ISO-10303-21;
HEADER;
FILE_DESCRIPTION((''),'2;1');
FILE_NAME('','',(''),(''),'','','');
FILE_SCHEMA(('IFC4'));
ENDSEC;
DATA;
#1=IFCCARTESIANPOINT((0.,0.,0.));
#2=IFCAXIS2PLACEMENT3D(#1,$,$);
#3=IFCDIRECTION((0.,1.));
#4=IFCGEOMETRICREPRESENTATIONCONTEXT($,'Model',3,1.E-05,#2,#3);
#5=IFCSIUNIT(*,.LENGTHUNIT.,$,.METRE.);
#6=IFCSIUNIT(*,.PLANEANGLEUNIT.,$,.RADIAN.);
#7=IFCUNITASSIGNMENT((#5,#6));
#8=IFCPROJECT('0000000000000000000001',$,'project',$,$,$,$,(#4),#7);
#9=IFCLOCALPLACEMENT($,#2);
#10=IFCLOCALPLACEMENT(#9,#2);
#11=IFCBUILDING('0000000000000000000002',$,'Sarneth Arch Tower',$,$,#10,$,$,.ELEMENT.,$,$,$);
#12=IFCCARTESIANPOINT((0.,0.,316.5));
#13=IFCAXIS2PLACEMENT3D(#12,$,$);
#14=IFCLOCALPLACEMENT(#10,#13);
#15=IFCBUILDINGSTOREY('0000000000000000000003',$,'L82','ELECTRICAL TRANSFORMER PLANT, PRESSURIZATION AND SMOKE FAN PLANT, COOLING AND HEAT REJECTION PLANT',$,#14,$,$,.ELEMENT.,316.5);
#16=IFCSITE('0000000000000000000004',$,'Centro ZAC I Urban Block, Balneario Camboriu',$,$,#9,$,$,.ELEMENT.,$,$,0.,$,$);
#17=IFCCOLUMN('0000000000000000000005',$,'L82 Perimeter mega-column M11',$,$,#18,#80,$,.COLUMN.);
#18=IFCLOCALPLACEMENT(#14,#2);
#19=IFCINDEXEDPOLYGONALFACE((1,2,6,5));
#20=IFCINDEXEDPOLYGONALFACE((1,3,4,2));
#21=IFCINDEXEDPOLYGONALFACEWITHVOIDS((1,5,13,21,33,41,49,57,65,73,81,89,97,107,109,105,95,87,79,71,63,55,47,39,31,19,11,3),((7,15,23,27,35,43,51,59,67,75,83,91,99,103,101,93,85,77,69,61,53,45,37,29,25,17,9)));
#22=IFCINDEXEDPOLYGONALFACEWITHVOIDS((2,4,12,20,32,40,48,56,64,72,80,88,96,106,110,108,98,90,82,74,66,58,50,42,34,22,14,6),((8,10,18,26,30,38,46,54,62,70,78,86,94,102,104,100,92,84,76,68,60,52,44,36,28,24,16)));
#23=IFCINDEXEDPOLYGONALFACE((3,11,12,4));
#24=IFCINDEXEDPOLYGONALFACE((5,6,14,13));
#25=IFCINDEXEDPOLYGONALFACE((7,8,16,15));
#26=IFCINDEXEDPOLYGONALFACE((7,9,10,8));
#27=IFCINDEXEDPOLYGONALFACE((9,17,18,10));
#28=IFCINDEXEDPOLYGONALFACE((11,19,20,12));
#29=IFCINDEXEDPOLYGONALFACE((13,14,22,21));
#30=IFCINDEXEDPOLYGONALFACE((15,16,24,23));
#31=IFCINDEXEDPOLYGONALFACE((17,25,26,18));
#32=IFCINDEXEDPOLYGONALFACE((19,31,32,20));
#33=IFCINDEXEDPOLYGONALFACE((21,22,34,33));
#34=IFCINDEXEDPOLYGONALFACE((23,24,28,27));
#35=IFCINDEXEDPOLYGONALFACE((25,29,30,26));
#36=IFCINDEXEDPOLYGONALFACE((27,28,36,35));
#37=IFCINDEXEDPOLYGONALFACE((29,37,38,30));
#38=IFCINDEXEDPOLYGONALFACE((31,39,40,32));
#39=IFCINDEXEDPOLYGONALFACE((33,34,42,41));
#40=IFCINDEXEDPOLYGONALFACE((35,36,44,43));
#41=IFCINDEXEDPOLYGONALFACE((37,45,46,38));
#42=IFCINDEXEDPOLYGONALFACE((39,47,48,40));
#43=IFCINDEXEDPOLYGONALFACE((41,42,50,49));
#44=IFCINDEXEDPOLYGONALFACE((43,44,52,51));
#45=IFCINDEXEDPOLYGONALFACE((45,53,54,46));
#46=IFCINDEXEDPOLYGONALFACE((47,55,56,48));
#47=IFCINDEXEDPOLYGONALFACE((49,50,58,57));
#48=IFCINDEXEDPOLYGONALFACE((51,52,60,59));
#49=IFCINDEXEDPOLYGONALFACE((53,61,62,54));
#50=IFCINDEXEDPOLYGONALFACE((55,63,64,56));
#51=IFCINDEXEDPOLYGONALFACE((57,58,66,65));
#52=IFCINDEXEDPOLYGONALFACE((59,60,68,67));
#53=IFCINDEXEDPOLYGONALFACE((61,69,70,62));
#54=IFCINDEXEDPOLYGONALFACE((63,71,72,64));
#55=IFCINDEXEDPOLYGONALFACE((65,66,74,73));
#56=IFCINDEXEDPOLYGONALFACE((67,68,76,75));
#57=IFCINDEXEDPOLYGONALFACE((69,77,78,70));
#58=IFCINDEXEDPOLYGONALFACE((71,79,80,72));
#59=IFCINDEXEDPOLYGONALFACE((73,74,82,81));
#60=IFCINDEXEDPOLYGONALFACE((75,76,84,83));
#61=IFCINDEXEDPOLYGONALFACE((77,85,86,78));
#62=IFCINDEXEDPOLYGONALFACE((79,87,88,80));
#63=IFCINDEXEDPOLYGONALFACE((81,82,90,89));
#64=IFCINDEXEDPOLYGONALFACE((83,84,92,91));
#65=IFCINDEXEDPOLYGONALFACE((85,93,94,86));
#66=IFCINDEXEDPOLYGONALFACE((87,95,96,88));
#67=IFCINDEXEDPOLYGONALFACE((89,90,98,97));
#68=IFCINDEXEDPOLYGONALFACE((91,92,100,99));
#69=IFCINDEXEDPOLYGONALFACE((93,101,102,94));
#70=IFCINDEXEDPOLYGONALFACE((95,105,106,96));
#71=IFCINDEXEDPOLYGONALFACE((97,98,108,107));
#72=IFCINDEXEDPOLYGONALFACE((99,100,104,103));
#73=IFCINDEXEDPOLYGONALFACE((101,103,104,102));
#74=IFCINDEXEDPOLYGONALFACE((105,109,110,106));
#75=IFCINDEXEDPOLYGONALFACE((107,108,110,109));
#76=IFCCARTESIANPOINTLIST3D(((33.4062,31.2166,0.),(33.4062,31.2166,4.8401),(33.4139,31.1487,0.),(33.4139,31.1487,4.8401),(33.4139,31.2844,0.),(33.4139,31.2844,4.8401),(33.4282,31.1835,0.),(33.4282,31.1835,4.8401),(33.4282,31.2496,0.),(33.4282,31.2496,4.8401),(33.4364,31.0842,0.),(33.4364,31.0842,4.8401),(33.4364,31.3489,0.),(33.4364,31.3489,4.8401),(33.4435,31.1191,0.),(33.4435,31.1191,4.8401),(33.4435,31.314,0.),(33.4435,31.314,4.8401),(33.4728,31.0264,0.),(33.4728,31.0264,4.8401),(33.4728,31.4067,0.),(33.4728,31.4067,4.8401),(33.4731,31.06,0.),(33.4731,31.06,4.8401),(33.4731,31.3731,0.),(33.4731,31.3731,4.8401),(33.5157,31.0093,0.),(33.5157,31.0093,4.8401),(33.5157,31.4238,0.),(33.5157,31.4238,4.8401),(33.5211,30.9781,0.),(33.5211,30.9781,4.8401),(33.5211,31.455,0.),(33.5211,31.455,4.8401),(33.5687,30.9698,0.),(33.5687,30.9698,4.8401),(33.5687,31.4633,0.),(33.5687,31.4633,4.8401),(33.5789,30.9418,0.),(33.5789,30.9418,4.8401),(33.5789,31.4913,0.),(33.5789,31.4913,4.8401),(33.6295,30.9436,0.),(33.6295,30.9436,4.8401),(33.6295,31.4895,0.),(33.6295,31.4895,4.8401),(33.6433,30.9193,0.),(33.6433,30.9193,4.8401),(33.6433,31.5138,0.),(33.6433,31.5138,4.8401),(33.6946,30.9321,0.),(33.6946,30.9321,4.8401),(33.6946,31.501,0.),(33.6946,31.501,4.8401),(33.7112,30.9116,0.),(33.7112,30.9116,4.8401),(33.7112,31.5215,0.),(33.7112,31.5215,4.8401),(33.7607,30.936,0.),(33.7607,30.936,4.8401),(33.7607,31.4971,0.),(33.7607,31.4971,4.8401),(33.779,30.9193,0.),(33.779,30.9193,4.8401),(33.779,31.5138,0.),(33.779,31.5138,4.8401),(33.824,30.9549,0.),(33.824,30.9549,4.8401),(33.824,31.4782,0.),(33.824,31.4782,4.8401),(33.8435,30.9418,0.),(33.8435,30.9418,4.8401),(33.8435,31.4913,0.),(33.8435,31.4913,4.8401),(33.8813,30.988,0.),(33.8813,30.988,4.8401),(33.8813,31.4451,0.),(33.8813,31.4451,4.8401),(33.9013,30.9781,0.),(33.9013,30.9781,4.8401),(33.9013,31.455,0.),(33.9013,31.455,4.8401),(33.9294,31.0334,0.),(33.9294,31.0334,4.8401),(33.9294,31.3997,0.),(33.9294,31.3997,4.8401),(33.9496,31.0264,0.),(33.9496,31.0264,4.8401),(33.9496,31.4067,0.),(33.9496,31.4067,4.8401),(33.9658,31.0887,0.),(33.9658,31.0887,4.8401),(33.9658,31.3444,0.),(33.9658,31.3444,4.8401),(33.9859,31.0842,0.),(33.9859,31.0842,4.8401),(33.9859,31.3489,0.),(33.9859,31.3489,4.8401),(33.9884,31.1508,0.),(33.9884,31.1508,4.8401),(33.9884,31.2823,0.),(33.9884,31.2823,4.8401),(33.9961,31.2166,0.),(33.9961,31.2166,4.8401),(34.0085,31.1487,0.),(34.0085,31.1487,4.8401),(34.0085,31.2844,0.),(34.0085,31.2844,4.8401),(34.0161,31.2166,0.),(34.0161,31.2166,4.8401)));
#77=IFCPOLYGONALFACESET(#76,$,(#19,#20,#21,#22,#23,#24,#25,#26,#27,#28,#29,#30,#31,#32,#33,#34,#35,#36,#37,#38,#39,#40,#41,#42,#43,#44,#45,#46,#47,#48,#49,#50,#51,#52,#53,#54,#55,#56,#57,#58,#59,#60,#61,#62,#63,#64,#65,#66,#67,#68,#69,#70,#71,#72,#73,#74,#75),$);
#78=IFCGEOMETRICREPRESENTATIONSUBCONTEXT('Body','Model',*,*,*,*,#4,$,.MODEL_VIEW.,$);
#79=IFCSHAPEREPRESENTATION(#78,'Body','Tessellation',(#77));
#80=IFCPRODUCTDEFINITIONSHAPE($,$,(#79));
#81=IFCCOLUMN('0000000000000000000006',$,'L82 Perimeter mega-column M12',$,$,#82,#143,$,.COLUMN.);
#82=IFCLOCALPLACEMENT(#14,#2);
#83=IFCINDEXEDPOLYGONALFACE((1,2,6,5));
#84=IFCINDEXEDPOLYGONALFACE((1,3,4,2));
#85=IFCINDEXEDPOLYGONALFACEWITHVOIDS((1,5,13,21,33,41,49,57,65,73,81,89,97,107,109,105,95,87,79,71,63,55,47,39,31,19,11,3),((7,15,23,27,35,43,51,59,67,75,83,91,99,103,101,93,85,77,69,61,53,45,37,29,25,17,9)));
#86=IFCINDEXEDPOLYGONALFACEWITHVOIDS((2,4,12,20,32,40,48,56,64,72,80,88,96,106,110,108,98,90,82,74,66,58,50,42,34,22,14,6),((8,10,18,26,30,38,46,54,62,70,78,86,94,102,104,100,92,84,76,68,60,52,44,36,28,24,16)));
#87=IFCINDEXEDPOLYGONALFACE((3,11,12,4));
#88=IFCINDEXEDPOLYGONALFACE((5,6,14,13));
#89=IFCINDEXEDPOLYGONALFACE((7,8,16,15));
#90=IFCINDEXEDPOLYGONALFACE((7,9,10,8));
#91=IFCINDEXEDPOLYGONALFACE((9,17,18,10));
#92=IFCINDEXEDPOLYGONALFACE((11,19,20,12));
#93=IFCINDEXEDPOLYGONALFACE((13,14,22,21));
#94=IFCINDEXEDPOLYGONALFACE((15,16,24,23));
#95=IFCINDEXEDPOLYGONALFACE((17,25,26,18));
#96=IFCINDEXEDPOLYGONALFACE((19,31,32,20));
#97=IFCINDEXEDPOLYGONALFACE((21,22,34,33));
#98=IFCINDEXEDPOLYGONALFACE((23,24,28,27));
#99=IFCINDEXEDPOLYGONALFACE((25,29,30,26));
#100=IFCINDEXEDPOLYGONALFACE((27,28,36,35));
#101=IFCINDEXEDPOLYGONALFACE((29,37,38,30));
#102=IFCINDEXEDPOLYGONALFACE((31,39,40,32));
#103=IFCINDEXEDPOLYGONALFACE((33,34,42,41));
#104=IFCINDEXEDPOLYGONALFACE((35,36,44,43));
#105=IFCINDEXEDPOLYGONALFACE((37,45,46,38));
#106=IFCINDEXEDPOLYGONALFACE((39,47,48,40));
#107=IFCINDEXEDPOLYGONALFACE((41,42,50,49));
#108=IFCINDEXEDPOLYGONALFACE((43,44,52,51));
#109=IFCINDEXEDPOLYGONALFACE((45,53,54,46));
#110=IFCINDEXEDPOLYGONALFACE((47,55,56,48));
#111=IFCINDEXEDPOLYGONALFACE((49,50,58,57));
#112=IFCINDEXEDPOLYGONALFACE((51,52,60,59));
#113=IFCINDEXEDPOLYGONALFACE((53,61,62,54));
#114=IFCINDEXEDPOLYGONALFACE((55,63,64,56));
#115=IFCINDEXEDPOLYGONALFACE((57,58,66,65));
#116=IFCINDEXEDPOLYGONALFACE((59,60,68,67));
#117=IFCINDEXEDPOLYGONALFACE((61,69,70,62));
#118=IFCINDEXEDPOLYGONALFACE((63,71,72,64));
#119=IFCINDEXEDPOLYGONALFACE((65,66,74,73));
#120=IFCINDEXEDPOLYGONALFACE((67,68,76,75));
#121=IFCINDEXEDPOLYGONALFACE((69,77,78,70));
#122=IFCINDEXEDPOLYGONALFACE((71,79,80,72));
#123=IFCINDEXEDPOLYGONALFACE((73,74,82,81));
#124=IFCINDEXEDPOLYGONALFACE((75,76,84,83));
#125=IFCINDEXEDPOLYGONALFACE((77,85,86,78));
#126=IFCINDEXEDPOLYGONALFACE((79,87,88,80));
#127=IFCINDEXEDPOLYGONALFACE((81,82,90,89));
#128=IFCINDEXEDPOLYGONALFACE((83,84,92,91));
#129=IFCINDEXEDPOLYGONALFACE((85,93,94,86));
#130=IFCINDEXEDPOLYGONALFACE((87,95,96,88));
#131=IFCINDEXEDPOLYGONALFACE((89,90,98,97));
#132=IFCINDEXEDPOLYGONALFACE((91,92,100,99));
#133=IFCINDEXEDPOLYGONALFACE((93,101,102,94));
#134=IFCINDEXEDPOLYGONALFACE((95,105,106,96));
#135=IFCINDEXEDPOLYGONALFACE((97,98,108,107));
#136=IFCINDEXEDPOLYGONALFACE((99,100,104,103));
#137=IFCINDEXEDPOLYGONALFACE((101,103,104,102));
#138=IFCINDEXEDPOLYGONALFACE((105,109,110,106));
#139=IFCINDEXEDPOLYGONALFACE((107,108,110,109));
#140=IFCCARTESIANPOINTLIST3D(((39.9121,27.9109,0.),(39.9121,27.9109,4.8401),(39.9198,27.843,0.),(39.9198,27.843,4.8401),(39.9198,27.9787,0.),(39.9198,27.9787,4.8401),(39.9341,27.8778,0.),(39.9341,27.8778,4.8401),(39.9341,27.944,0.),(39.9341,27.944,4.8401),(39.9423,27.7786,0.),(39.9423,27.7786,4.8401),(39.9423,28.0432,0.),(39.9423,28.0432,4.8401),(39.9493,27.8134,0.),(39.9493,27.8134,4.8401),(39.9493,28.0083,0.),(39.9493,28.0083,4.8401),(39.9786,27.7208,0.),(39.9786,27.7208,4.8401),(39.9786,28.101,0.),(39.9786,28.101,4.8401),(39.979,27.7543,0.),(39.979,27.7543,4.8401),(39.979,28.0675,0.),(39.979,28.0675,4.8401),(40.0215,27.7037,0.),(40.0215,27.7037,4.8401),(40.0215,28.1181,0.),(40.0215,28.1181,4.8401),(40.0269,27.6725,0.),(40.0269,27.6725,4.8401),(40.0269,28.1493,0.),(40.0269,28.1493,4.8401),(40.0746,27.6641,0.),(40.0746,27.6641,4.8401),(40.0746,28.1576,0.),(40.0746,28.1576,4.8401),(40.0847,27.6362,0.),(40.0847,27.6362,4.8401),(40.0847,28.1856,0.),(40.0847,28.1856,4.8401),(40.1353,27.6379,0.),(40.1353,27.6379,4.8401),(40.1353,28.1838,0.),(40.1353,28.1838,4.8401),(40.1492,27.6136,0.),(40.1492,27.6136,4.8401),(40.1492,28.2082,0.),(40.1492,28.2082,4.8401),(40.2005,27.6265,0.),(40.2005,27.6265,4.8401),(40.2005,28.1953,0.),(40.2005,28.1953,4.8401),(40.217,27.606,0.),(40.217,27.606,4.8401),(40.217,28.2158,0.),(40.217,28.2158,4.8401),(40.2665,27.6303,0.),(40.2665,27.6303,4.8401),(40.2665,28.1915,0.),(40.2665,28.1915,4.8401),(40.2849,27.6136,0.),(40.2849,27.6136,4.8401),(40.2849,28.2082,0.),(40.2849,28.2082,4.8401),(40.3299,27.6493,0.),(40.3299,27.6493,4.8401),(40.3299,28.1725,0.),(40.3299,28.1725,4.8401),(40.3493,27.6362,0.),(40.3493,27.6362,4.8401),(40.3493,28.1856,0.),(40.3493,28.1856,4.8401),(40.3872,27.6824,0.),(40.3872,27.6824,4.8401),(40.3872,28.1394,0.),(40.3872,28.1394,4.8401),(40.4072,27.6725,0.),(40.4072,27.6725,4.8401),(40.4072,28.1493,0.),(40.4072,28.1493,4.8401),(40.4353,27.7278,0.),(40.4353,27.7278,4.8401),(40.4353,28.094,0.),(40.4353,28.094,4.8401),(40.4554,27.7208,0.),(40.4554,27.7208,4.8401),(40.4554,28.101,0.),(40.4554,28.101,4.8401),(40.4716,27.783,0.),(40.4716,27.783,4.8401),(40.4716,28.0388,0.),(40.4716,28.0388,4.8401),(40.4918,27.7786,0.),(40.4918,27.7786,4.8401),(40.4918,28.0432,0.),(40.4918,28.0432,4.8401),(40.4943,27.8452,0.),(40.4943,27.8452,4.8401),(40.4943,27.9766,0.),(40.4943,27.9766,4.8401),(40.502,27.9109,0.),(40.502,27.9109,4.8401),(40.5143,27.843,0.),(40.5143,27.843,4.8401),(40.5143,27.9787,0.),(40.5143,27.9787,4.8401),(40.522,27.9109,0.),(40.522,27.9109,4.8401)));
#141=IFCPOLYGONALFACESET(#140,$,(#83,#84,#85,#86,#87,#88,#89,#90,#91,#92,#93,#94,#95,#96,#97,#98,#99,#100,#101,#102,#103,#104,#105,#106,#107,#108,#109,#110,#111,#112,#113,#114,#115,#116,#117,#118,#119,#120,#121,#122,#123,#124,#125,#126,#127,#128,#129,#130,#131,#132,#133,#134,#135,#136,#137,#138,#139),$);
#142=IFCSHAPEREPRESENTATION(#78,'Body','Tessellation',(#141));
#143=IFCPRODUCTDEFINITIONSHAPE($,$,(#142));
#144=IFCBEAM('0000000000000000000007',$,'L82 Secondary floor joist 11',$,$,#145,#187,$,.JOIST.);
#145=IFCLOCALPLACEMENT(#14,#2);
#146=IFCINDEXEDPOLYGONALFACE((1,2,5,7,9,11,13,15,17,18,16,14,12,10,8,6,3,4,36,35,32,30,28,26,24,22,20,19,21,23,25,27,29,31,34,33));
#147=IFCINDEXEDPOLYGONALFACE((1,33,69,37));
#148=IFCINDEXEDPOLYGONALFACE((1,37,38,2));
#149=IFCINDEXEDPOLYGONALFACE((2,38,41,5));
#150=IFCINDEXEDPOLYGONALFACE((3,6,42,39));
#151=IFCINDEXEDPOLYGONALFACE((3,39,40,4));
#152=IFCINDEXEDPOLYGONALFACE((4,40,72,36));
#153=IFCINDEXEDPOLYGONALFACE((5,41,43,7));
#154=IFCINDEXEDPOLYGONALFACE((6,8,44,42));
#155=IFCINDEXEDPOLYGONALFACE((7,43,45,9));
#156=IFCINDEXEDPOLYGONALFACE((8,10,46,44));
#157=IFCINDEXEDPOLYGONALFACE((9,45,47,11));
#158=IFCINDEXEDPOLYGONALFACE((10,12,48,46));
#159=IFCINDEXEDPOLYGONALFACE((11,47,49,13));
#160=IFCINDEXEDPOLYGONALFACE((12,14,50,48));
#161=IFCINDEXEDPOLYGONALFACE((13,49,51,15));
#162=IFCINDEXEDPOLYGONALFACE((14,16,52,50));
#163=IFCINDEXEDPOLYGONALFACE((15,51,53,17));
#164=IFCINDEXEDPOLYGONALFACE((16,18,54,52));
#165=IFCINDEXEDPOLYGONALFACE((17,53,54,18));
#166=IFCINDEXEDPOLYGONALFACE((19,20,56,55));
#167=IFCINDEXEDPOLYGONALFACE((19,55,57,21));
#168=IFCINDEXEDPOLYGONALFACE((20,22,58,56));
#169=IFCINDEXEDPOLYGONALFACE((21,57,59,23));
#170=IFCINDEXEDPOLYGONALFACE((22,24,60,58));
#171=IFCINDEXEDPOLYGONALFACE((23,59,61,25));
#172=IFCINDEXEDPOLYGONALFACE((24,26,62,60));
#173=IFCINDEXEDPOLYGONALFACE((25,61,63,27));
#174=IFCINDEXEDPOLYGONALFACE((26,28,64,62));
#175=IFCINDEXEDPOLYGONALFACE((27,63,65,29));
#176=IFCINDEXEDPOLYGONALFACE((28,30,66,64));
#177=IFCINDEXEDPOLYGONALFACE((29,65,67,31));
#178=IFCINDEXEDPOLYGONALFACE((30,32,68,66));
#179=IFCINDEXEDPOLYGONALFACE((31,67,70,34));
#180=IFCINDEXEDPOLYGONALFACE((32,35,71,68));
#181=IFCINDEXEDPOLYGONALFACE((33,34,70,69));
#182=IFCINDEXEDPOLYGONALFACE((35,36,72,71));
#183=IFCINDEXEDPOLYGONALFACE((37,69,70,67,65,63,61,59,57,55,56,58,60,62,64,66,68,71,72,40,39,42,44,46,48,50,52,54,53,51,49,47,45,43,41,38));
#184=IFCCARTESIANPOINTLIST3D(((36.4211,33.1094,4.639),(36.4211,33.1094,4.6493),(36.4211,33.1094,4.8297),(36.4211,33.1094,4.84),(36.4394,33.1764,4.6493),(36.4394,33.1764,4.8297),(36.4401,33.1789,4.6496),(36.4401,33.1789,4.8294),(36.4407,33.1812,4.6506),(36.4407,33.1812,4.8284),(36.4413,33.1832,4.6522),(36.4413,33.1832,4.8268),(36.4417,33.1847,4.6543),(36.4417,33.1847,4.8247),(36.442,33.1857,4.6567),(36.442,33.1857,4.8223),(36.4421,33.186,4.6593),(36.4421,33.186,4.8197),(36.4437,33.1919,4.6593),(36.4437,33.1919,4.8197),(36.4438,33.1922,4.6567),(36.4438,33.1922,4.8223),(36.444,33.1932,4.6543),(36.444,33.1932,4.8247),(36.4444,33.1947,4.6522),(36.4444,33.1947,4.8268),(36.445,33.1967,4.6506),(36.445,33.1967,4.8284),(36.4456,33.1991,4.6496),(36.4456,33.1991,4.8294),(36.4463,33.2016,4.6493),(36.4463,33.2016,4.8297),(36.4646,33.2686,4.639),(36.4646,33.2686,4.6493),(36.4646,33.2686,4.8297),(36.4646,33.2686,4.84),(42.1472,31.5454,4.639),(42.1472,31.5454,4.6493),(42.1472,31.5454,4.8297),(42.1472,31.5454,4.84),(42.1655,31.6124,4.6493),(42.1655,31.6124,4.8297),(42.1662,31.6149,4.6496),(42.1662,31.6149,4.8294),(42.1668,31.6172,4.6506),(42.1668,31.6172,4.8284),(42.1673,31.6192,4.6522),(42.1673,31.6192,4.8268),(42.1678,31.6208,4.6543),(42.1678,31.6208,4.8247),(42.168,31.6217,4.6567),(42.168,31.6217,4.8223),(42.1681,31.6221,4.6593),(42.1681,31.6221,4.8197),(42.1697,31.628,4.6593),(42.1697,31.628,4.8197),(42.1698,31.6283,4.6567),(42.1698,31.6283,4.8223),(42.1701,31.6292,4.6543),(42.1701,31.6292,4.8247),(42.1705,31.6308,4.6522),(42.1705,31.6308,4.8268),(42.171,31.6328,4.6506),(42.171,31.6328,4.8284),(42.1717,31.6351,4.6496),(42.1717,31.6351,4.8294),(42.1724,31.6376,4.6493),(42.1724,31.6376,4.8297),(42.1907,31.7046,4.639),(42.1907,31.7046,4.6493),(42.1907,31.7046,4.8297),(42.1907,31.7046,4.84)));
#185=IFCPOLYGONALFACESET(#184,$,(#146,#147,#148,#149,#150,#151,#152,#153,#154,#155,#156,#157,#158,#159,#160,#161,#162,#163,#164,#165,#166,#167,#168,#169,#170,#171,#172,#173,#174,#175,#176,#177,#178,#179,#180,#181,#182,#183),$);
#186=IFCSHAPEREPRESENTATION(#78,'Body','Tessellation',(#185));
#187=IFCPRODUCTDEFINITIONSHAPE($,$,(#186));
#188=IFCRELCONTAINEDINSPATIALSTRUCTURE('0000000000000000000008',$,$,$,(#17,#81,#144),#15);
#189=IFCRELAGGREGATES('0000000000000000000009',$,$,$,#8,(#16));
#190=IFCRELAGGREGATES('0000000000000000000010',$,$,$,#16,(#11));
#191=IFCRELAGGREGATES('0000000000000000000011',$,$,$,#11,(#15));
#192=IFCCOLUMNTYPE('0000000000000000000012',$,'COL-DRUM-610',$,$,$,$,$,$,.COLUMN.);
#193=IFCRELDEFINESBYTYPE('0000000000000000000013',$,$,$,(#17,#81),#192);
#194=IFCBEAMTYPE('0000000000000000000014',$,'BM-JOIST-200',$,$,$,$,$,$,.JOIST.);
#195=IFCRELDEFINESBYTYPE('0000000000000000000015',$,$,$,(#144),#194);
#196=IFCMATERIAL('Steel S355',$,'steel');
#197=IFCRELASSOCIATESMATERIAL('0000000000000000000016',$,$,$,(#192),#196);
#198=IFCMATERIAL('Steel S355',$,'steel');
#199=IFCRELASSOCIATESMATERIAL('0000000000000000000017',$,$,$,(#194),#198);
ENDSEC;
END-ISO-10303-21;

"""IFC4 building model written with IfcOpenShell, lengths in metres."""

from ifc_helpers import new_model, si_unit, direction, frame, origin, origin_2d, place, context, subcontext, project, spatial, hollow_circle, i_section, extrude, material, material_profile, profile_set, type_object, element, save


model = new_model("IFC4")

# Units and contexts
model_context = context("Model", 3, precision=1e-05, world=origin(), true_north=direction((0.0, 1.0)))
body_context = subcontext(model_context, "Body", "Model", "MODEL_VIEW")
ifc_project = project(units=[si_unit("LENGTHUNIT", "METRE"), si_unit("PLANEANGLEUNIT", "RADIAN")], contexts=[model_context])

# Site, building, storey
site_placement = place(None, origin())
site = spatial("IfcSite", under=ifc_project, at=site_placement, Name="Centro ZAC I Urban Block, Balneario Camboriu", CompositionType="ELEMENT", RefElevation=0.0)
building_placement = place(site_placement, origin())
building = spatial("IfcBuilding", under=site, at=building_placement, Name="Sarneth Arch Tower", CompositionType="ELEMENT")
storey_placement = place(building_placement, frame((0.0, 0.0, 316.5)))
storey = spatial("IfcBuildingStorey", under=building, at=storey_placement, Name="L82", Description="ELECTRICAL TRANSFORMER PLANT, PRESSURIZATION AND SMOKE FAN PLANT, COOLING AND HEAT REJECTION PLANT", CompositionType="ELEMENT", Elevation=316.5)

# Columns
ifc_material_1 = material(Name="Steel S355", Category="steel")
ifc_material_profile_1 = material_profile(ifc_material_1, hollow_circle(Radius=0.3049, WallThickness=0.02, at=origin_2d()), Name="CHS610x20")
ifc_profile_set_1 = profile_set([ifc_material_profile_1], Name="Steel S355")
column_type = type_object("IfcColumnType", Name="COL-DRUM-610", PredefinedType="COLUMN", material=ifc_profile_set_1)
for number, where, z_axis, x_axis, name in (
    (1, (33.7112, 31.2166, 0.0), (0.0, 0.0, 1.0), (1.0, 0.0, 0.0), "L82 Perimeter mega-column M11"),
    (2, (40.217, 27.9109, 0.0), (0.0, 0.0, 1.0), (1.0, 0.0, 0.0), "L82 Perimeter mega-column M12"),
):
    element("IfcColumn", number, at=place(storey_placement, frame(where, z_axis=z_axis, x_axis=x_axis)), inside=storey, type_object=column_type, Name=name, PredefinedType="COLUMN", context=body_context, shape_type="SweptSolid", body=[
        extrude(hollow_circle(Radius=0.3049, WallThickness=0.02, at=origin_2d()), origin(), (0.0, 0.0, 1.0), 4.8401),
    ])

# Beam
ifc_material_2 = material(Name="Steel S355", Category="steel")
ifc_material_profile_2 = material_profile(ifc_material_2, i_section(OverallWidth=0.165, OverallDepth=0.2009, WebThickness=0.0061, FlangeThickness=0.0103, FilletRadius=0.01, at=origin_2d()), Name="W200x35.9")
ifc_profile_set_2 = profile_set([ifc_material_profile_2], Name="Steel S355")
beam_type_1 = type_object("IfcBeamType", Name="BM-JOIST-200", PredefinedType="JOIST", material=ifc_profile_set_2)
beam_1_placement = place(storey_placement, frame((36.4429, 33.189, 4.7395), z_axis=(0.964665, -0.263479, 0.0), x_axis=(0.263479, 0.964665, 0.0)))
element("IfcBeam", 3, at=beam_1_placement, inside=storey, type_object=beam_type_1, Name="L82 Secondary floor joist 11", PredefinedType="JOIST", context=body_context, shape_type="SweptSolid", body=[
    extrude(i_section(OverallWidth=0.165, OverallDepth=0.2009, WebThickness=0.0061, FlangeThickness=0.0103, FilletRadius=0.01, at=origin_2d()), origin(), (0.0, 0.0, 1.0), 5.9358),
])

save(model, "model.ifc")
